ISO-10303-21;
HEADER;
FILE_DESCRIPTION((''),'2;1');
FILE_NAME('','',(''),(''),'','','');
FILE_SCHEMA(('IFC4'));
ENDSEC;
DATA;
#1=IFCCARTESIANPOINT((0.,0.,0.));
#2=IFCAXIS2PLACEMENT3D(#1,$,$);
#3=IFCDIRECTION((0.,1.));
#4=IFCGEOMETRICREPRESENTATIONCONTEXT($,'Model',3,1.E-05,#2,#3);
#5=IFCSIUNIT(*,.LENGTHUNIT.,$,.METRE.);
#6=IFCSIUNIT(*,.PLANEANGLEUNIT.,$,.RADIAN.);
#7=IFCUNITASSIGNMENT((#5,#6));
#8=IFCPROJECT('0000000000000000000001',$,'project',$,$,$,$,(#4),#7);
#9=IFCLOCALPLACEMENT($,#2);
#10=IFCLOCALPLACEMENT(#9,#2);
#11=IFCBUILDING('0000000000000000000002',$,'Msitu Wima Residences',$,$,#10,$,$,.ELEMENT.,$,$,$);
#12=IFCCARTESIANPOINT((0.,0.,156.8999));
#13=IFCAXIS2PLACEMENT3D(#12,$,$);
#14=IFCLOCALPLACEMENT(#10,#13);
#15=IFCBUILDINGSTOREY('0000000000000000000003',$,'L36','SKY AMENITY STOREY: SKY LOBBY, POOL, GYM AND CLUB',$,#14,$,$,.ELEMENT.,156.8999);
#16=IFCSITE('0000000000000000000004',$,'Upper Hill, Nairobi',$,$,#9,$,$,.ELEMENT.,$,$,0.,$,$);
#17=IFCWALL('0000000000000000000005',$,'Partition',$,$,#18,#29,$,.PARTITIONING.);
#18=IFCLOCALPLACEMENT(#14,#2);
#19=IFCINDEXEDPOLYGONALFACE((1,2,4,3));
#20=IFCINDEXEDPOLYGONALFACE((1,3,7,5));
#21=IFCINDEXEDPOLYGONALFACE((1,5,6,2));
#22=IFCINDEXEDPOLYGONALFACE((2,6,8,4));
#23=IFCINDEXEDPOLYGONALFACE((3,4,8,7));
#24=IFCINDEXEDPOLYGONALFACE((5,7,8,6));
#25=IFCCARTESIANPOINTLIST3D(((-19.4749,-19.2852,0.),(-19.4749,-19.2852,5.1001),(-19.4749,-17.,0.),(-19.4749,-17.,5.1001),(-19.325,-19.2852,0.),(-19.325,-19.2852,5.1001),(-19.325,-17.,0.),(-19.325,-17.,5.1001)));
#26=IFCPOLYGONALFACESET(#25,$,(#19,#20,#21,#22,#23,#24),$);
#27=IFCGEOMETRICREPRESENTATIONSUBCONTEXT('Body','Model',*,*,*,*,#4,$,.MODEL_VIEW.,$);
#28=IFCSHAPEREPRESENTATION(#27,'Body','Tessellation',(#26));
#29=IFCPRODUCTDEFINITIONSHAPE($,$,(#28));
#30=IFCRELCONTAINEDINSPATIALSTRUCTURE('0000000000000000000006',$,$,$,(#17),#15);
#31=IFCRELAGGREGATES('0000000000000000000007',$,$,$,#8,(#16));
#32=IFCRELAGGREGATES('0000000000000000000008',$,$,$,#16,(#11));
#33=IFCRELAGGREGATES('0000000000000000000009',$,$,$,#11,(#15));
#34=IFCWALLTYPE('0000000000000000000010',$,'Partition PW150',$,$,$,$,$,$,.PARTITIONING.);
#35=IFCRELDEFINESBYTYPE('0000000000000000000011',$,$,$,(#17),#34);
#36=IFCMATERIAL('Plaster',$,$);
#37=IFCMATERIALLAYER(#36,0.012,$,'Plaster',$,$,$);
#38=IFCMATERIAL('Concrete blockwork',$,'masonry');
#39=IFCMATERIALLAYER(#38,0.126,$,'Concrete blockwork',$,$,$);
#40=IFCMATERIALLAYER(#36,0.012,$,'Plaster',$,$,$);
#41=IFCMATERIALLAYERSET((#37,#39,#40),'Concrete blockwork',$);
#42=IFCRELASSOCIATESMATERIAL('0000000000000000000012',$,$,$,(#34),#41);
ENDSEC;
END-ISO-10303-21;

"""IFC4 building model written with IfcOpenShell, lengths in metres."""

from ifc_helpers import new_model, si_unit, direction, frame, frame_2d, origin, place, context, subcontext, project, spatial, rectangle, extrude, material, layer, layer_set, type_object, element, save


model = new_model("IFC4")

# Units and contexts
model_context = context("Model", 3, precision=1e-05, world=origin(), true_north=direction((0.0, 1.0)))
body_context = subcontext(model_context, "Body", "Model", "MODEL_VIEW")
ifc_project = project(units=[si_unit("LENGTHUNIT", "METRE"), si_unit("PLANEANGLEUNIT", "RADIAN")], contexts=[model_context])

# Site, building, storey
site_placement = place(None, origin())
site = spatial("IfcSite", under=ifc_project, at=site_placement, Name="Upper Hill, Nairobi", CompositionType="ELEMENT", RefElevation=0.0)
building_placement = place(site_placement, origin())
building = spatial("IfcBuilding", under=site, at=building_placement, Name="Msitu Wima Residences", CompositionType="ELEMENT")
storey_placement = place(building_placement, frame((0.0, 0.0, 156.8999)))
storey = spatial("IfcBuildingStorey", under=building, at=storey_placement, Name="L36", Description="SKY AMENITY STOREY: SKY LOBBY, POOL, GYM AND CLUB", CompositionType="ELEMENT", Elevation=156.8999)

# Shared definitions
ifc_material_1 = material(Name="Plaster")
ifc_material_2 = material(Name="Concrete blockwork", Category="masonry")

# Wall
ifc_layer_1 = layer(ifc_material_1, 0.012, Name="Plaster")
ifc_layer_2 = layer(ifc_material_2, 0.126, Name="Concrete blockwork")
ifc_layer_3 = layer(ifc_material_1, 0.012, Name="Plaster")
ifc_layer_set_1 = layer_set([ifc_layer_1, ifc_layer_2, ifc_layer_3], Name="Concrete blockwork")
wall_type_1 = type_object("IfcWallType", Name="Partition PW150", PredefinedType="PARTITIONING", material=ifc_layer_set_1)
wall_1_placement = place(storey_placement, frame((-19.3999, -19.2852, 0.0), z_axis=(0.0, 0.0, 1.0), x_axis=(0.0, 1.0, 0.0)))
element("IfcWall", 1, at=wall_1_placement, inside=storey, type_object=wall_type_1, Name="Partition", PredefinedType="PARTITIONING", context=body_context, shape_type="SweptSolid", body=[
    extrude(rectangle(XDim=2.2852, YDim=0.1499, at=frame_2d((1.1426, 0.0))), origin(), (0.0, 0.0, 1.0), 5.1001),
])

save(model, "model.ifc")
